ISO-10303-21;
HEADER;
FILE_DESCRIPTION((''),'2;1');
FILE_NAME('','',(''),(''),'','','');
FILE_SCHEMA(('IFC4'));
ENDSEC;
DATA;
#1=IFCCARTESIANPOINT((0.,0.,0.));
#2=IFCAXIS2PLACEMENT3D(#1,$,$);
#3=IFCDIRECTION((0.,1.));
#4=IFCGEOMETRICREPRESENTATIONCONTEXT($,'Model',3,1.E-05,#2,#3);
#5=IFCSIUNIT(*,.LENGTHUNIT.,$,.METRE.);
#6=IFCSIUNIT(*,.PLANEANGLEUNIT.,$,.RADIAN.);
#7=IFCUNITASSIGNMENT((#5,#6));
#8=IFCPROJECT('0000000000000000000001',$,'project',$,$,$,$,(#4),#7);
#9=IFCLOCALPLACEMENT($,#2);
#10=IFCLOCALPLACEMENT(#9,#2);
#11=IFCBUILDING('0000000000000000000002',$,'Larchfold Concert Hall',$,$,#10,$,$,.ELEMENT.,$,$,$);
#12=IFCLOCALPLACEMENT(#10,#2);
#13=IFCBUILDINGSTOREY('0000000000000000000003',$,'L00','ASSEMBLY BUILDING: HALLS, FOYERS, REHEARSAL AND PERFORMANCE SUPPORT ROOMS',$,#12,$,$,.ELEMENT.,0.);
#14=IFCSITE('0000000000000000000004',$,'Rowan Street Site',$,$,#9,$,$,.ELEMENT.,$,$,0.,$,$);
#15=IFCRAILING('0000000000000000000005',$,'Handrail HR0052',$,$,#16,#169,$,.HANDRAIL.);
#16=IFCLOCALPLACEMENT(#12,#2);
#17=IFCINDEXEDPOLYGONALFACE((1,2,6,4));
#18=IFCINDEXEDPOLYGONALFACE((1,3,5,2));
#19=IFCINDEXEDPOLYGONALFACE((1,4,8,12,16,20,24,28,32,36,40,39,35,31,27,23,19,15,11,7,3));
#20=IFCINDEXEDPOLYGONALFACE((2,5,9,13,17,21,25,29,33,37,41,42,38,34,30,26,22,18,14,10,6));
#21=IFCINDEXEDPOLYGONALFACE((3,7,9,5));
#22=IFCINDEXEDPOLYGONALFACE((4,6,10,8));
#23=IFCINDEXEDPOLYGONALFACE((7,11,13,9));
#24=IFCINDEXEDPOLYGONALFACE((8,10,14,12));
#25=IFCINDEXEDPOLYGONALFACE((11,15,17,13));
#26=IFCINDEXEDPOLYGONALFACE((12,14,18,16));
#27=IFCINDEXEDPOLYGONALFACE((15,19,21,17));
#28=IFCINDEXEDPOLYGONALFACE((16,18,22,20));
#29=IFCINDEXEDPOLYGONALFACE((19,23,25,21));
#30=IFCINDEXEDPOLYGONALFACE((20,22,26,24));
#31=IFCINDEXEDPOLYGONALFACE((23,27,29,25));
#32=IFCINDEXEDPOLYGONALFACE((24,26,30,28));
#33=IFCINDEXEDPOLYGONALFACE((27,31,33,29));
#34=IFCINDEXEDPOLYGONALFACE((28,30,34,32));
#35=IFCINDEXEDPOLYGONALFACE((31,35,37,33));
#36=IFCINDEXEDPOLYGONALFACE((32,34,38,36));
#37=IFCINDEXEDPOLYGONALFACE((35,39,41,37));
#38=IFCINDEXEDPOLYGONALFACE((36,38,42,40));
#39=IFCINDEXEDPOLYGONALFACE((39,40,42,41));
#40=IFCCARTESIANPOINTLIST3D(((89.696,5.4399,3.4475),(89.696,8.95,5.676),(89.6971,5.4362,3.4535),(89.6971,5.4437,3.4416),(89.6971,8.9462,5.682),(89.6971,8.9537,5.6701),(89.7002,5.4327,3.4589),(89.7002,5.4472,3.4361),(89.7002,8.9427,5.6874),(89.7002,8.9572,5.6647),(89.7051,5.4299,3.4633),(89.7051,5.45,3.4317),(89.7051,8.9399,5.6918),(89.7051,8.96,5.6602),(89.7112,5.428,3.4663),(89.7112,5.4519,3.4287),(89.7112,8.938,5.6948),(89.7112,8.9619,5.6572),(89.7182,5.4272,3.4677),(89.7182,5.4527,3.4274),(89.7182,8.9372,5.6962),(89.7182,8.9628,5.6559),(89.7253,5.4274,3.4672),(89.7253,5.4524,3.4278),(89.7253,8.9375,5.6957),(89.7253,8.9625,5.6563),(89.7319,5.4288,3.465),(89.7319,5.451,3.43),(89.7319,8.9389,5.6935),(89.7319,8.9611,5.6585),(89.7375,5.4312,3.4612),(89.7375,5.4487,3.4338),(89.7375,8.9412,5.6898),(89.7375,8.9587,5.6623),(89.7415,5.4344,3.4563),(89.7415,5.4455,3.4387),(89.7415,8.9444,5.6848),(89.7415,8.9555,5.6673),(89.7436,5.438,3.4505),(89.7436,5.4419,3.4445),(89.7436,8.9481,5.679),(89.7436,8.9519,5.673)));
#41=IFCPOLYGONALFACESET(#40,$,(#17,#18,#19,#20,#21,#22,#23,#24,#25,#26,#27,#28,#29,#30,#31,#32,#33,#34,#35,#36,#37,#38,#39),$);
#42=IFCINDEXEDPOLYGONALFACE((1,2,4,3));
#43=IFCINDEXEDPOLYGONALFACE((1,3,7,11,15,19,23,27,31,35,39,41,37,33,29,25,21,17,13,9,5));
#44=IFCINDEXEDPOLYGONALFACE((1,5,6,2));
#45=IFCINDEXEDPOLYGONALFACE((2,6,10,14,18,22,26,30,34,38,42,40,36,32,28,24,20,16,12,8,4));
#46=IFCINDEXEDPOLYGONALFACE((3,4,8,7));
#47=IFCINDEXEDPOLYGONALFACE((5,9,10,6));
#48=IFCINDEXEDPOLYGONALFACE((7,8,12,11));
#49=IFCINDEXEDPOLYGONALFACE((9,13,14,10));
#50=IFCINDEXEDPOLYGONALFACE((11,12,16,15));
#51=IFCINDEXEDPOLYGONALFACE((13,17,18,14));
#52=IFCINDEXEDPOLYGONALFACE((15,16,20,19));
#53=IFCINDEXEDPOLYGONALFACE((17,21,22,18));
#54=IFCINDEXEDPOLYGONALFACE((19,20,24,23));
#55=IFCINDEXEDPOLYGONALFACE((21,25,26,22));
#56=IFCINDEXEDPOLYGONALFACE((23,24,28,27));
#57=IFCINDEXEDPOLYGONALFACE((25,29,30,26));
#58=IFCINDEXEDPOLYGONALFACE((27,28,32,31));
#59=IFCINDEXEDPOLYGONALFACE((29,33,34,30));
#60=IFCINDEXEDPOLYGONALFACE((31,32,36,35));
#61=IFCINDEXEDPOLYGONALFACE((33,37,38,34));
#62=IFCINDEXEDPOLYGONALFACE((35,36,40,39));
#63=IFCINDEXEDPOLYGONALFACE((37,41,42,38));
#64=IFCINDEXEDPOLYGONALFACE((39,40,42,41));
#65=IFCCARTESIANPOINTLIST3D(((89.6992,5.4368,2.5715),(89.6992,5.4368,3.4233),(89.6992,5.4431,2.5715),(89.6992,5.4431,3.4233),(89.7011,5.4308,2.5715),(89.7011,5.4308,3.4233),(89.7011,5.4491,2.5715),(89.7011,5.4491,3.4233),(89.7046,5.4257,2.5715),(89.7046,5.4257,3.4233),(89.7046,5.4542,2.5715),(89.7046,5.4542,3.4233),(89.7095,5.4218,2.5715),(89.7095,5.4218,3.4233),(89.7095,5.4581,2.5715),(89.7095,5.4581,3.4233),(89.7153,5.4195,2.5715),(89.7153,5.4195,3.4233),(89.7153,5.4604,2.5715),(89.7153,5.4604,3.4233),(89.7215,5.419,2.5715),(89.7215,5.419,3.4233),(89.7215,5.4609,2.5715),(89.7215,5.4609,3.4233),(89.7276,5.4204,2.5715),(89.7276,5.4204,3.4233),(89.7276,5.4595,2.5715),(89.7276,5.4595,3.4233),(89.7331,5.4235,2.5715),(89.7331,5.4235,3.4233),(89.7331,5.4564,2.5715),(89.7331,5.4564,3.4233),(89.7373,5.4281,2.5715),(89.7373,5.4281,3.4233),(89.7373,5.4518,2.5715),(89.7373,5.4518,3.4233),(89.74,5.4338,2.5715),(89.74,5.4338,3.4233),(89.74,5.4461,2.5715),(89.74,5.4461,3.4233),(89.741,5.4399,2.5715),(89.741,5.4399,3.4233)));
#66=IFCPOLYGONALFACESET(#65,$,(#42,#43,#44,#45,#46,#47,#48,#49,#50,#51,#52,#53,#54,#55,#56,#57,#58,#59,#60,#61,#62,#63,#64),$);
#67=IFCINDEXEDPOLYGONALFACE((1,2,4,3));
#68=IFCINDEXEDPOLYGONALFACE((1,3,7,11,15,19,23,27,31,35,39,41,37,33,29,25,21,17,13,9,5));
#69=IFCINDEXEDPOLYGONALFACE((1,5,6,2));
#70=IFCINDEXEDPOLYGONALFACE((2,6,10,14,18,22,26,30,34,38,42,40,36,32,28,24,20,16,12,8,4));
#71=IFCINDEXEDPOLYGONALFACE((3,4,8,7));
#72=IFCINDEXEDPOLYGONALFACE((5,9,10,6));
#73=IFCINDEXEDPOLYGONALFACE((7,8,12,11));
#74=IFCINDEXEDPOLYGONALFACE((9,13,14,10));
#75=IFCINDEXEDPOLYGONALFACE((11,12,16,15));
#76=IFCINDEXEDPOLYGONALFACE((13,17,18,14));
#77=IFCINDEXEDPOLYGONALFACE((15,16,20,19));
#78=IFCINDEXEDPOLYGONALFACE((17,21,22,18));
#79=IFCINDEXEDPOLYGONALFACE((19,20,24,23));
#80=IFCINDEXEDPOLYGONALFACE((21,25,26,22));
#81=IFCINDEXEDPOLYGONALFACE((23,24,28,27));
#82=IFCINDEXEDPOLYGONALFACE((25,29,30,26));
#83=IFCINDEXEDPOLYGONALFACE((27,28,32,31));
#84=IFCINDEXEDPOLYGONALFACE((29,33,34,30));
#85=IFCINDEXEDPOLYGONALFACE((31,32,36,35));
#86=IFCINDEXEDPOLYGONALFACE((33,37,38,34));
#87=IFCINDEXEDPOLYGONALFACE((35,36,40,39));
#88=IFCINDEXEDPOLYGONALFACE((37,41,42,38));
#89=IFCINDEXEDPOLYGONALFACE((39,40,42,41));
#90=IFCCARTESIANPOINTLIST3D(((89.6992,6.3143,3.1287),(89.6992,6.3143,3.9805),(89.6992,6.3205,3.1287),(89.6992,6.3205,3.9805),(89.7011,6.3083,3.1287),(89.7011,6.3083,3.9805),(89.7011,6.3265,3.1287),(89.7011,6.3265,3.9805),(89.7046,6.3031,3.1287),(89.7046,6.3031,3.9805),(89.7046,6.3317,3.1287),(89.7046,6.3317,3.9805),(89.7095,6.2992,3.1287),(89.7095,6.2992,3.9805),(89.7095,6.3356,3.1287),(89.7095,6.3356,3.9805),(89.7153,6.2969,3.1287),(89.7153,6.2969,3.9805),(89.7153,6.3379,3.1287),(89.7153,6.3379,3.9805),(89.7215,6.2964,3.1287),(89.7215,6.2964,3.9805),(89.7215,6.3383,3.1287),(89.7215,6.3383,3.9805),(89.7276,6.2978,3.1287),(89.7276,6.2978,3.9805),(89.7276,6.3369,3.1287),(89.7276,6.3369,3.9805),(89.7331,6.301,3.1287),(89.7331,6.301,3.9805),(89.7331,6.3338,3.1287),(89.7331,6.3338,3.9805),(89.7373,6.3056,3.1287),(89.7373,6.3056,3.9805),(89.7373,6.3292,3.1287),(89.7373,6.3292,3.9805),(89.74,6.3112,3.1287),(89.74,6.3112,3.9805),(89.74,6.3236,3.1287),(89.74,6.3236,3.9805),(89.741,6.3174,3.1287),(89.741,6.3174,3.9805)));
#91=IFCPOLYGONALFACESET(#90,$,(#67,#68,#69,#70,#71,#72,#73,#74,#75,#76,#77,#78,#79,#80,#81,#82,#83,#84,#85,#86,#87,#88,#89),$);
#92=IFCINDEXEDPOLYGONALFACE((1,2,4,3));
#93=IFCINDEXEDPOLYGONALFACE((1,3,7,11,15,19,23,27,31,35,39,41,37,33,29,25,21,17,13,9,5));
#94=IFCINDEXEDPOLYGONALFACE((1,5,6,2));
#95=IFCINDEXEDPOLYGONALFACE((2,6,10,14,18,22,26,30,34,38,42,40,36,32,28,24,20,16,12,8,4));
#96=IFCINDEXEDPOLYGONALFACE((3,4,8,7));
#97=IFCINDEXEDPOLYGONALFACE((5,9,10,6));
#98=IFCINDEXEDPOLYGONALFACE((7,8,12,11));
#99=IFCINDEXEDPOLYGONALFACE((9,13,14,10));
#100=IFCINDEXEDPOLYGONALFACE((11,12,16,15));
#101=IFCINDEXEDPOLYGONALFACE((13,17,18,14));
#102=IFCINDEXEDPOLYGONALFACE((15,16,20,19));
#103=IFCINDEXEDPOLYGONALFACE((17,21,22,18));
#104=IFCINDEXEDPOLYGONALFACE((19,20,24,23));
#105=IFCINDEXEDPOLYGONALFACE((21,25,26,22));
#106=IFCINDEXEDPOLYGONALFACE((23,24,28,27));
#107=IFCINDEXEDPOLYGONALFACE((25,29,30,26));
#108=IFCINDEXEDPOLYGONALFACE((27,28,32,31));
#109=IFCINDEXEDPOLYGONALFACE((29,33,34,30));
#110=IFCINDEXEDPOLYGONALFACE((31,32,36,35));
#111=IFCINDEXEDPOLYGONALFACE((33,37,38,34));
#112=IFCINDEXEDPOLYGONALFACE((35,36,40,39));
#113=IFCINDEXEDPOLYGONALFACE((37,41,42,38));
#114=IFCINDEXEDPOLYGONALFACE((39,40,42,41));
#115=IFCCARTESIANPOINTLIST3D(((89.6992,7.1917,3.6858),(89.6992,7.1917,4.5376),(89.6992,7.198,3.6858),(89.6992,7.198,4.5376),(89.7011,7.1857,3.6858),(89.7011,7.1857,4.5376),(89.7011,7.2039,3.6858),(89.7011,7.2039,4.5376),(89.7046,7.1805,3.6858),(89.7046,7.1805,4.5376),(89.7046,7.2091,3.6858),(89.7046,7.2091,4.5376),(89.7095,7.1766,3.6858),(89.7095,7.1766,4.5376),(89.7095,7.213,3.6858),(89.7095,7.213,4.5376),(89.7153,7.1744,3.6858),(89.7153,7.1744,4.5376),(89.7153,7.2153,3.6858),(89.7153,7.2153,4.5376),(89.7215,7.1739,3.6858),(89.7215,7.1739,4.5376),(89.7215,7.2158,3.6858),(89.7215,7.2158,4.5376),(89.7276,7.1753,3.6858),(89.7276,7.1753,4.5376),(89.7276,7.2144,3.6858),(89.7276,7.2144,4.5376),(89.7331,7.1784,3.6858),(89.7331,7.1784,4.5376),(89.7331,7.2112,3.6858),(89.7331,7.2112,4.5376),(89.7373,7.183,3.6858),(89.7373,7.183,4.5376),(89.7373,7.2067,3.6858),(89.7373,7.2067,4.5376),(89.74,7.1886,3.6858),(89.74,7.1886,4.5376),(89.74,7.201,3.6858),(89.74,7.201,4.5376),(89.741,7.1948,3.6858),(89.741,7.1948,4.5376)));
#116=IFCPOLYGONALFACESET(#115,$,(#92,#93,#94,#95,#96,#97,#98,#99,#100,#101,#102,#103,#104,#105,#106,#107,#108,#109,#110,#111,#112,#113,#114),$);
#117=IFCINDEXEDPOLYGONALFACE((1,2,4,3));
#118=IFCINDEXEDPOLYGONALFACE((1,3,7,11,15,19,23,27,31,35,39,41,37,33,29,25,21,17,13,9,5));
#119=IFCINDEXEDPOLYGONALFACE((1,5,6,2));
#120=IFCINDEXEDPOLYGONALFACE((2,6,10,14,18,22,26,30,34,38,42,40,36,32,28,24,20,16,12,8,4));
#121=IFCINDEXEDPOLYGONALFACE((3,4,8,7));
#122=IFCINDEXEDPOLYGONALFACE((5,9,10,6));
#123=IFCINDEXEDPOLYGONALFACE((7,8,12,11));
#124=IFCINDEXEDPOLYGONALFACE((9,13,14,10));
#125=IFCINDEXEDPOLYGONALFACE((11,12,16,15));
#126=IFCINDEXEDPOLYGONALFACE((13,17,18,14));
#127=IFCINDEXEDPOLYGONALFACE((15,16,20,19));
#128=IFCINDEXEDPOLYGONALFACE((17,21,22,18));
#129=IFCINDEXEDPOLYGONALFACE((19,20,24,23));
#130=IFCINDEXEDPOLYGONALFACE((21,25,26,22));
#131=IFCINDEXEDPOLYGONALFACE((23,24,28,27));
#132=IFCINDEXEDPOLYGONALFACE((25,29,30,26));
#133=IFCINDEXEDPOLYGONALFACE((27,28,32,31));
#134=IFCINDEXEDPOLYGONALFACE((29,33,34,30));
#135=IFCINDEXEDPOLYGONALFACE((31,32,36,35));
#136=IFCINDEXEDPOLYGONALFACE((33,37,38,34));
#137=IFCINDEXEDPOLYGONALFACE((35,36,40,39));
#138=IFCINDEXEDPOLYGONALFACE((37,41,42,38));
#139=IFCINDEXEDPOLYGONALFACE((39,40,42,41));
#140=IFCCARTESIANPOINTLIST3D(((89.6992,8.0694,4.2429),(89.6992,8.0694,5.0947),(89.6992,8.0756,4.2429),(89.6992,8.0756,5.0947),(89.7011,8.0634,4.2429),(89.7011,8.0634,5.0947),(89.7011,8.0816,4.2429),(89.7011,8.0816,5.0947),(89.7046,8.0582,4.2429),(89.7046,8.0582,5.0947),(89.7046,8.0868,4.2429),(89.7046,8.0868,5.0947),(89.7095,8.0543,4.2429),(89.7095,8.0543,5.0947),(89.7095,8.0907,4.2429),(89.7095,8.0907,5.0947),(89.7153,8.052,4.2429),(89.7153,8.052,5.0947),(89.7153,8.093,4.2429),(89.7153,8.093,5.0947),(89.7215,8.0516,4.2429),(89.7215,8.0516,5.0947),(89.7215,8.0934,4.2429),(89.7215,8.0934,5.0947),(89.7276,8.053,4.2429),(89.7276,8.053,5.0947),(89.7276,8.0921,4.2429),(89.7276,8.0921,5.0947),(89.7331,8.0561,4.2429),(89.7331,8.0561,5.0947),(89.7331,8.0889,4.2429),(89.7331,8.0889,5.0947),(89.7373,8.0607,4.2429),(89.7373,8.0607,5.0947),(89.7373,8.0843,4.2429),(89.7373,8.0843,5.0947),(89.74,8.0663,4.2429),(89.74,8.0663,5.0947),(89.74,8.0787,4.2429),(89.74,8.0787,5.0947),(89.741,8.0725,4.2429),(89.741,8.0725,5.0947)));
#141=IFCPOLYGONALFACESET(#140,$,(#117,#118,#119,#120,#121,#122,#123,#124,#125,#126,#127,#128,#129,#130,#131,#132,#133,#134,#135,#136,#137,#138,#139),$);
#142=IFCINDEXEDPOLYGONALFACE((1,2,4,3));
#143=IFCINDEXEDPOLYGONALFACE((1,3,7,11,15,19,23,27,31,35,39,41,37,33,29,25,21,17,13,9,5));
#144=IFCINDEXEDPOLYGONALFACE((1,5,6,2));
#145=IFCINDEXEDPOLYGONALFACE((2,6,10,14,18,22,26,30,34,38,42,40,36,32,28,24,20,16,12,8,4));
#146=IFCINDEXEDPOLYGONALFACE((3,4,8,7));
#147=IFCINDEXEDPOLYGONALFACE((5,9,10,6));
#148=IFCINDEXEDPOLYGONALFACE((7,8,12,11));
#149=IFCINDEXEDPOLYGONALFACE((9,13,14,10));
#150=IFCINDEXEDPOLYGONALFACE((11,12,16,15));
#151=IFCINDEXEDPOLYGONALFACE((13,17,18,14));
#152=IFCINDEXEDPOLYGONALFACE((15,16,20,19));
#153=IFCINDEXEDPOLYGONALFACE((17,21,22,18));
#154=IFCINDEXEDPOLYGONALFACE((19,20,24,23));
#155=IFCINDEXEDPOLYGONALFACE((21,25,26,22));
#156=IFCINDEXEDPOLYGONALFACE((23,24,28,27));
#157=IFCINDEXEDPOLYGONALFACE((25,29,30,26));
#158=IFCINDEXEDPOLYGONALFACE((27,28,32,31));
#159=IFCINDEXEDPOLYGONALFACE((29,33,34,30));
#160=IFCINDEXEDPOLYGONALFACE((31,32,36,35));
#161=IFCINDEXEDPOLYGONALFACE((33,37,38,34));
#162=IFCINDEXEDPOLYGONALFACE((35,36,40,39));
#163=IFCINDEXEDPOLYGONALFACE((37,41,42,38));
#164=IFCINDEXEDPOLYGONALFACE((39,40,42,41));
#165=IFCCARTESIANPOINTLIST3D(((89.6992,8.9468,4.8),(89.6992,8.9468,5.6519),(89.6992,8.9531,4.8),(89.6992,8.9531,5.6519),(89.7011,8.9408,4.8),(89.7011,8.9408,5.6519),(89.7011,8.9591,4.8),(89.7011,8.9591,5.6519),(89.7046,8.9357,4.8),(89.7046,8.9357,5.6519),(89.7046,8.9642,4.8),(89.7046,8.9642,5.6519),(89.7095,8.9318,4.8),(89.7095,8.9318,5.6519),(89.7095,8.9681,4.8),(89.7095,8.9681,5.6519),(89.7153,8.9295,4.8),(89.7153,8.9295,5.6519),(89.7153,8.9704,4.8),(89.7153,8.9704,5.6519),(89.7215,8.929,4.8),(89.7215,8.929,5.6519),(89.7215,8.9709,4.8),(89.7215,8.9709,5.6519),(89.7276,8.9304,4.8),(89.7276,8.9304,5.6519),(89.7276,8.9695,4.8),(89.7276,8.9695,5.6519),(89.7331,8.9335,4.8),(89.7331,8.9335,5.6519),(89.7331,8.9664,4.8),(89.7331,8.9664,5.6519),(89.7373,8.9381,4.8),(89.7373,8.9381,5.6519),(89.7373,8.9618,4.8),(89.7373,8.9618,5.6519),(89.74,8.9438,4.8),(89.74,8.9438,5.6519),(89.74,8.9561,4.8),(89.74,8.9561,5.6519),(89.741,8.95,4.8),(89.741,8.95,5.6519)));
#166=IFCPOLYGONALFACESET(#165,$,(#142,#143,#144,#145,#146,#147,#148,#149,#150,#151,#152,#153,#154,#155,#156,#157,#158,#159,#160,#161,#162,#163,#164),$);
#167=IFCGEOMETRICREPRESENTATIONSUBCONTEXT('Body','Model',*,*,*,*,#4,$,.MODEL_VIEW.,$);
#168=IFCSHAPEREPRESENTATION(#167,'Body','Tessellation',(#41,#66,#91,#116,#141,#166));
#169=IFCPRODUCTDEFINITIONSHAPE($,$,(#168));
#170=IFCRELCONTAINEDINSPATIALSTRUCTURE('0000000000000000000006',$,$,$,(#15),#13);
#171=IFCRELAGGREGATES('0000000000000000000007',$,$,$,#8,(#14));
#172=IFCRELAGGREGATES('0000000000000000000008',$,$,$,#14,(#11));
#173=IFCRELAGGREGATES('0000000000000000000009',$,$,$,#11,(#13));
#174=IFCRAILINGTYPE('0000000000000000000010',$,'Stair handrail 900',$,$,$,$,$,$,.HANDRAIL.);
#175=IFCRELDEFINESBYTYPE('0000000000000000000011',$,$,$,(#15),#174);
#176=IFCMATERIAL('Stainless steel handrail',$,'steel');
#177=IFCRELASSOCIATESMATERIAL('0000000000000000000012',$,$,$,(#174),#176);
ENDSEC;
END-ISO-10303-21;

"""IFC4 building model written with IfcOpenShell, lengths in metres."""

from ifc_helpers import new_model, si_unit, direction, frame, origin, origin_2d, place, context, subcontext, project, spatial, circle, extrude, material, type_object, element, save


model = new_model("IFC4")

# Units and contexts
model_context = context("Model", 3, precision=1e-05, world=origin(), true_north=direction((0.0, 1.0)))
body_context = subcontext(model_context, "Body", "Model", "MODEL_VIEW")
ifc_project = project(units=[si_unit("LENGTHUNIT", "METRE"), si_unit("PLANEANGLEUNIT", "RADIAN")], contexts=[model_context])

# Site, building, storey
site_placement = place(None, origin())
site = spatial("IfcSite", under=ifc_project, at=site_placement, Name="Rowan Street Site", CompositionType="ELEMENT", RefElevation=0.0)
building_placement = place(site_placement, origin())
building = spatial("IfcBuilding", under=site, at=building_placement, Name="Larchfold Concert Hall", CompositionType="ELEMENT")
storey_placement = place(building_placement, origin())
storey = spatial("IfcBuildingStorey", under=building, at=storey_placement, Name="L00", Description="ASSEMBLY BUILDING: HALLS, FOYERS, REHEARSAL AND PERFORMANCE SUPPORT ROOMS", CompositionType="ELEMENT", Elevation=0.0)

# Railing
ifc_material_1 = material(Name="Stainless steel handrail", Category="steel")
railing_type_1 = type_object("IfcRailingType", Name="Stair handrail 900", PredefinedType="HANDRAIL", material=ifc_material_1)
railing_1_placement = place(storey_placement, frame((89.72, 5.4399, 2.5715)))
element("IfcRailing", 1, at=railing_1_placement, inside=storey, type_object=railing_type_1, Name="Handrail HR0052", PredefinedType="HANDRAIL", context=body_context, shape_type="SweptSolid", body=[
    extrude(circle(Radius=0.0239, at=origin_2d()), frame((0.0, 0.0, 0.876), z_axis=(0.0, 0.84422, 0.535998), x_axis=(-1.0, 0.0, 0.0)), (0.0, 0.0, 1.0), 4.1577),
    extrude(circle(Radius=0.021, at=origin_2d()), origin(), (0.0, 0.0, 1.0), 0.8518),
    extrude(circle(Radius=0.021, at=origin_2d()), frame((0.0, 0.8774, 0.5571)), (0.0, 0.0, 1.0), 0.8518),
    extrude(circle(Radius=0.021, at=origin_2d()), frame((0.0, 1.7549, 1.1143)), (0.0, 0.0, 1.0), 0.8518),
    extrude(circle(Radius=0.021, at=origin_2d()), frame((0.0, 2.6326, 1.6714)), (0.0, 0.0, 1.0), 0.8518),
    extrude(circle(Radius=0.021, at=origin_2d()), frame((0.0, 3.51, 2.2285)), (0.0, 0.0, 1.0), 0.8518),
])

save(model, "model.ifc")
